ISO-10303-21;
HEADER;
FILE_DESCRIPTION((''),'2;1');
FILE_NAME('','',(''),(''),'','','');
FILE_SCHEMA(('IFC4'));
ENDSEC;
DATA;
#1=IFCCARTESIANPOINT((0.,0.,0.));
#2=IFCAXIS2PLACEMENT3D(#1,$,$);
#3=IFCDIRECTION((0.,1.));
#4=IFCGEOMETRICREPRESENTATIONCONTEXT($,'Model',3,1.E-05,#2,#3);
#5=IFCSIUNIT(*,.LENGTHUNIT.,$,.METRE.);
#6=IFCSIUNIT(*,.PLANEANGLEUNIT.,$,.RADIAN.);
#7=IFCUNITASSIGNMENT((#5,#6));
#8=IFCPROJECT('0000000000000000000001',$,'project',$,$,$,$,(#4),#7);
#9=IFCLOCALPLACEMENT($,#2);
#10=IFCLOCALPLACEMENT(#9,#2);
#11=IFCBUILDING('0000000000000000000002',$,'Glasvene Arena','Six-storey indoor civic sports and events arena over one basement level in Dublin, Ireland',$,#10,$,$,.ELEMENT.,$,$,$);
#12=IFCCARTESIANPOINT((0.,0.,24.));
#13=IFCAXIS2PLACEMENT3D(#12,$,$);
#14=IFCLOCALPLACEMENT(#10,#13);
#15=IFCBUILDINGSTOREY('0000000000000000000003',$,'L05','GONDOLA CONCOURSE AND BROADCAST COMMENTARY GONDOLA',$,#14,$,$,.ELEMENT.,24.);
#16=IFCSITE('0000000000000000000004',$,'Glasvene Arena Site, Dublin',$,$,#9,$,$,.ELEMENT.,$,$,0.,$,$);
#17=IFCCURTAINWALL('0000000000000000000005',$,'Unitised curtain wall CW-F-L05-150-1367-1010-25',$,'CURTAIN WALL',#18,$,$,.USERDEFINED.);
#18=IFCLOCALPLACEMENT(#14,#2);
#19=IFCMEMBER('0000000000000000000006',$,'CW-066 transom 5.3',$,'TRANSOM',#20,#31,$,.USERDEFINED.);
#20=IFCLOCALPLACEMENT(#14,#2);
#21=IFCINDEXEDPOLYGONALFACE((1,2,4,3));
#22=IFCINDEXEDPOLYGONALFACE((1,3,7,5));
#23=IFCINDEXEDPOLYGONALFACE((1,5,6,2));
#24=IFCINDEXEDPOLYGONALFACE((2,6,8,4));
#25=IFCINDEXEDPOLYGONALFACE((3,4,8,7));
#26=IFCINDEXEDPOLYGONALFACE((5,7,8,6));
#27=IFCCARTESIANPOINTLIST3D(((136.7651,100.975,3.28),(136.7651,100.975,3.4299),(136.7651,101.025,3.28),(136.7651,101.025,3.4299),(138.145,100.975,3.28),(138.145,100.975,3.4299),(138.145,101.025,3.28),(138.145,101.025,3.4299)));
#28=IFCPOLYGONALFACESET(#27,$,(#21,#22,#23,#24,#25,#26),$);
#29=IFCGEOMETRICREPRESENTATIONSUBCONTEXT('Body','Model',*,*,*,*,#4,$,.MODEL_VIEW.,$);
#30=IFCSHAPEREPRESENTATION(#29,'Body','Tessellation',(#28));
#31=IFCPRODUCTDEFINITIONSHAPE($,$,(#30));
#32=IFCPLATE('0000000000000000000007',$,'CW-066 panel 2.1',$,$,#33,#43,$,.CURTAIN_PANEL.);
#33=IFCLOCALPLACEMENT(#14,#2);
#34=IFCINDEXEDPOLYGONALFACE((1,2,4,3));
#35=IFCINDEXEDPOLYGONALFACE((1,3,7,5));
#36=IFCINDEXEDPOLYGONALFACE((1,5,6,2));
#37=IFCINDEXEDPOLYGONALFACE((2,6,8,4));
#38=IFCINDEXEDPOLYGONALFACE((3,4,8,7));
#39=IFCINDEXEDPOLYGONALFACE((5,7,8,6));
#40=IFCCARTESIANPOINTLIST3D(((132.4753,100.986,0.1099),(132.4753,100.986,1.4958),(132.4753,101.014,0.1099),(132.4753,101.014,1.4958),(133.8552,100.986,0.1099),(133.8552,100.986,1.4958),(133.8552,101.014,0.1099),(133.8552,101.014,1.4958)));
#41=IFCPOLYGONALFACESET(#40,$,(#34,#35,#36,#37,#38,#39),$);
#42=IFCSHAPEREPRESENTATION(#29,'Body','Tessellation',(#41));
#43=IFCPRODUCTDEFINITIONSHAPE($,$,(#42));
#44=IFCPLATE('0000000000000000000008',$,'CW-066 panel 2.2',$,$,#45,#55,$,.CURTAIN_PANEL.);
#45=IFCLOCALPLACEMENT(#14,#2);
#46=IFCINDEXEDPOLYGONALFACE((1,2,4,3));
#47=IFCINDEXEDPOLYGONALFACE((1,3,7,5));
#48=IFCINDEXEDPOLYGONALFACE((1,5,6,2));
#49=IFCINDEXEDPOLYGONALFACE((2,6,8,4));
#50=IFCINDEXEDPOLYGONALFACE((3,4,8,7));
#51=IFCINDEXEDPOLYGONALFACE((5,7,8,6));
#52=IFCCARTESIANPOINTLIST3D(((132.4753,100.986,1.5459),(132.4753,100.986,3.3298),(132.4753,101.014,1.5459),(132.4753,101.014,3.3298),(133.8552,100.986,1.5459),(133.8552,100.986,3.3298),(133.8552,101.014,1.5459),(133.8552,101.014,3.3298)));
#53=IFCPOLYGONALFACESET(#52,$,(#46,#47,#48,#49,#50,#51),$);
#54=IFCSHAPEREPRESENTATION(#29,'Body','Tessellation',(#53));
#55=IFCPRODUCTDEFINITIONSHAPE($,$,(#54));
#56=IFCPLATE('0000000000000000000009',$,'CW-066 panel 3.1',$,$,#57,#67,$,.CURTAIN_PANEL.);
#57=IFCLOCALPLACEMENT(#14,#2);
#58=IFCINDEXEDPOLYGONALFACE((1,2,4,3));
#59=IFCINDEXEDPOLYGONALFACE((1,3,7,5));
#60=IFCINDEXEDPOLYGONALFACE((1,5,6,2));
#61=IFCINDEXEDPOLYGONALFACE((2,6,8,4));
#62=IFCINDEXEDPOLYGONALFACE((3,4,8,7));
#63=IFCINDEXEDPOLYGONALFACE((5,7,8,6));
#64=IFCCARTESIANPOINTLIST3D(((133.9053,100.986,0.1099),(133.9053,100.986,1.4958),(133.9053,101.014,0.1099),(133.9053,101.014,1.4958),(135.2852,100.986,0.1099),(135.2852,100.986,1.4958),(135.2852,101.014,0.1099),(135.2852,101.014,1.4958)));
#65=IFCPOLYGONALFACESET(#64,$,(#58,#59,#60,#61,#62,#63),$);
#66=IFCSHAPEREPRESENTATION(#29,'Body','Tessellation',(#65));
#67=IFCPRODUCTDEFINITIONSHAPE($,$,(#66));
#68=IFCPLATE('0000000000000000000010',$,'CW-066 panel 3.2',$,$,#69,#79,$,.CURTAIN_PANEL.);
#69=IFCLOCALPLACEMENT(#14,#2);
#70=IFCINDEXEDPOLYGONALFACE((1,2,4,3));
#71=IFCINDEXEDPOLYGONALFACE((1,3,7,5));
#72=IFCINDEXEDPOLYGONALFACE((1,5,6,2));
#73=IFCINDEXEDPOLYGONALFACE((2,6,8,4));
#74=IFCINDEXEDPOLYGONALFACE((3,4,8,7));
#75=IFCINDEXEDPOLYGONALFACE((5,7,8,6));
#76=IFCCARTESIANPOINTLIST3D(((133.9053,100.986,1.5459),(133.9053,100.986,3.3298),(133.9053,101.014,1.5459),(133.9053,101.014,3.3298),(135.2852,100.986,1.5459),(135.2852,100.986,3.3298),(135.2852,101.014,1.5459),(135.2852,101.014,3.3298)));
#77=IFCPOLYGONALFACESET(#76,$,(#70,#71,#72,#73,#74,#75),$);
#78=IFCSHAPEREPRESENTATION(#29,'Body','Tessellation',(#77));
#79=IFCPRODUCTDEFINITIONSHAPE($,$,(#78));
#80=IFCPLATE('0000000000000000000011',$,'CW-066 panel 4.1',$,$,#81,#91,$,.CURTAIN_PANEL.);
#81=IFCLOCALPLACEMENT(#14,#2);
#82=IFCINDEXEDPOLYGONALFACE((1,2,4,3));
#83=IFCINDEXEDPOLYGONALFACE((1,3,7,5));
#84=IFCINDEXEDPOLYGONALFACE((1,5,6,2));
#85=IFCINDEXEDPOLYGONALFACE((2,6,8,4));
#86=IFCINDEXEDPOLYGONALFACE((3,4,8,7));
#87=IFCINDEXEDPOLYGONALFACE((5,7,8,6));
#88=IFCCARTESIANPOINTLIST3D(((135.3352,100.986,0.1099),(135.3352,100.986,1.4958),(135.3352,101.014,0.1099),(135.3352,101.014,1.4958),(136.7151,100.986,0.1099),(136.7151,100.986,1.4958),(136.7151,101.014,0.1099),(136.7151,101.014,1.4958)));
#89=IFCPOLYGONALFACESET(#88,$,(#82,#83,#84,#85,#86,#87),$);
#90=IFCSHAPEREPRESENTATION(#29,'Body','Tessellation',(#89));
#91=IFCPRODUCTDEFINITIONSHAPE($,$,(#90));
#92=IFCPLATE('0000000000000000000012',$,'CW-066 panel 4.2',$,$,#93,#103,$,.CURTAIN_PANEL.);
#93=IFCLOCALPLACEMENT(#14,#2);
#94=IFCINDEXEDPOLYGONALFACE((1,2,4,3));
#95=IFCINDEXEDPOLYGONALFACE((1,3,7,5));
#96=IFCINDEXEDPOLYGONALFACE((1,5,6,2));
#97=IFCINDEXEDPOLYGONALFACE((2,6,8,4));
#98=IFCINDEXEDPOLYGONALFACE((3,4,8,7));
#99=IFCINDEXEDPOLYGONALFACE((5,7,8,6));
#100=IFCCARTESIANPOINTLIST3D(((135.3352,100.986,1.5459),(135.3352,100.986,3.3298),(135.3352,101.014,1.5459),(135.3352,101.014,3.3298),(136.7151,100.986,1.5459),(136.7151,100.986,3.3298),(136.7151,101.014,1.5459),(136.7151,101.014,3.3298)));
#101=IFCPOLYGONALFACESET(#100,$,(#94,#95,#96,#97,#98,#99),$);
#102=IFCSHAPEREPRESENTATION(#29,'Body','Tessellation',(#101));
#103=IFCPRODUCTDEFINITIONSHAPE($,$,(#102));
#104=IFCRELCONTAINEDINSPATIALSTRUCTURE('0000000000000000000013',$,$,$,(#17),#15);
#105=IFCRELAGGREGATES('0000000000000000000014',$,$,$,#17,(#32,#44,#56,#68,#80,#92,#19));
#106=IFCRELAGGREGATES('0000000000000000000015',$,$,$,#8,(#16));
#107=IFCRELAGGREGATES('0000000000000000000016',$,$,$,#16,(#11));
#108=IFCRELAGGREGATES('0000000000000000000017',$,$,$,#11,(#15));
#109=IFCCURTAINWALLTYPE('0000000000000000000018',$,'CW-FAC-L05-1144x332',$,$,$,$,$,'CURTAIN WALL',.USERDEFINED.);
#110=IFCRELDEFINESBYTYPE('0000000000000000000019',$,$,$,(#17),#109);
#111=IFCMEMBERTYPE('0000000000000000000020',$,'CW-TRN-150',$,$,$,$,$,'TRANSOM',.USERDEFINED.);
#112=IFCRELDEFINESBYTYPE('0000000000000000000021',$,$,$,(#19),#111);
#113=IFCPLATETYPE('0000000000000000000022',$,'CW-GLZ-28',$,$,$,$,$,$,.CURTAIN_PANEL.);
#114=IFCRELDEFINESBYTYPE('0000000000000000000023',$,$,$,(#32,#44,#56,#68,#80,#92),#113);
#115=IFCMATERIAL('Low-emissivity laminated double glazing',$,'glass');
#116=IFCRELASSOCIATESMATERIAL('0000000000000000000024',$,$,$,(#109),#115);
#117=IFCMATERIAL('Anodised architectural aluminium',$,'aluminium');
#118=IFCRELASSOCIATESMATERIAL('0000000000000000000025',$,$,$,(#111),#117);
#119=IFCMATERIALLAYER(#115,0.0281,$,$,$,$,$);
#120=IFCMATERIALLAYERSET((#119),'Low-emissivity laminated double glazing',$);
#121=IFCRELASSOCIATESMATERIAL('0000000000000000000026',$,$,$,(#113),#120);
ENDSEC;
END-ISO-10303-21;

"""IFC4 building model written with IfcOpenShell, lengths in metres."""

from ifc_helpers import new_model, si_unit, direction, frame, origin, origin_2d, place, context, subcontext, project, spatial, rectangle, extrude, material, layer, layer_set, material_profile, profile_set, type_object, element, aggregate, save


model = new_model("IFC4")

# Units and contexts
model_context = context("Model", 3, precision=1e-05, world=origin(), true_north=direction((0.0, 1.0)))
body_context = subcontext(model_context, "Body", "Model", "MODEL_VIEW")
ifc_project = project(units=[si_unit("LENGTHUNIT", "METRE"), si_unit("PLANEANGLEUNIT", "RADIAN")], contexts=[model_context])

# Site, building, storey
site_placement = place(None, origin())
site = spatial("IfcSite", under=ifc_project, at=site_placement, Name="Glasvene Arena Site, Dublin", CompositionType="ELEMENT", RefElevation=0.0)
building_placement = place(site_placement, origin())
building = spatial("IfcBuilding", under=site, at=building_placement, Name="Glasvene Arena", Description="Six-storey indoor civic sports and events arena over one basement level in Dublin, Ireland", CompositionType="ELEMENT")
storey_placement = place(building_placement, frame((0.0, 0.0, 24.0)))
storey = spatial("IfcBuildingStorey", under=building, at=storey_placement, Name="L05", Description="GONDOLA CONCOURSE AND BROADCAST COMMENTARY GONDOLA", CompositionType="ELEMENT", Elevation=24.0)

# Curtain wall, member, plates
ifc_material_1 = material(Name="Low-emissivity laminated double glazing", Category="glass")
curtain_wall_type = type_object("IfcCurtainWallType", Name="CW-FAC-L05-1144x332", ElementType="CURTAIN WALL", PredefinedType="USERDEFINED", material=ifc_material_1)
curtain_wall_placement = place(storey_placement, frame((131.0203, 101.0, 0.0)))
curtain_wall = element("IfcCurtainWall", 1, at=curtain_wall_placement, inside=storey, type_object=curtain_wall_type, Name="Unitised curtain wall CW-F-L05-150-1367-1010-25", ObjectType="CURTAIN WALL", PredefinedType="USERDEFINED")
ifc_material_2 = material(Name="Anodised architectural aluminium", Category="aluminium")
ifc_material_profile_1 = material_profile(ifc_material_2, rectangle(XDim=0.05, YDim=0.1499, at=origin_2d()), Name="ALU TRANSOM 50x150")
ifc_profile_set_1 = profile_set([ifc_material_profile_1], Name="Anodised architectural aluminium")
member_type_1 = type_object("IfcMemberType", Name="CW-TRN-150", ElementType="TRANSOM", PredefinedType="USERDEFINED", material=ifc_profile_set_1)
member_1_placement = place(storey_placement, frame((136.7651, 101.0, 3.355), z_axis=(1.0, 0.0, 0.0), x_axis=(0.0, 1.0, 0.0)))
member_1 = element("IfcMember", 2, at=member_1_placement, type_object=member_type_1, Name="CW-066 transom 5.3", ObjectType="TRANSOM", PredefinedType="USERDEFINED", context=body_context, shape_type="SweptSolid", body=[
    extrude(rectangle(XDim=0.05, YDim=0.1499, at=origin_2d()), origin(), (0.0, 0.0, 1.0), 1.3799),
])
ifc_layer = layer(ifc_material_1, 0.0281)
ifc_layer_set = layer_set([ifc_layer], Name="Low-emissivity laminated double glazing")
plate_type = type_object("IfcPlateType", Name="CW-GLZ-28", PredefinedType="CURTAIN_PANEL", material=ifc_layer_set)
plate_1_placement = place(storey_placement, frame((133.1653, 101.0, 0.1099), z_axis=(0.0, 0.0, 1.0), x_axis=(1.0, 0.0, 0.0)))
plate_1 = element("IfcPlate", 3, at=plate_1_placement, type_object=plate_type, Name="CW-066 panel 2.1", PredefinedType="CURTAIN_PANEL", context=body_context, shape_type="SweptSolid", body=[
    extrude(rectangle(XDim=1.3799, YDim=0.0281, at=origin_2d()), origin(), (0.0, 0.0, 1.0), 1.386),
])
plate_2_placement = place(storey_placement, frame((133.1653, 101.0, 1.5459), z_axis=(0.0, 0.0, 1.0), x_axis=(1.0, 0.0, 0.0)))
plate_2 = element("IfcPlate", 4, at=plate_2_placement, type_object=plate_type, Name="CW-066 panel 2.2", PredefinedType="CURTAIN_PANEL", context=body_context, shape_type="SweptSolid", body=[
    extrude(rectangle(XDim=1.3799, YDim=0.0281, at=origin_2d()), origin(), (0.0, 0.0, 1.0), 1.7839),
])
plate_3_placement = place(storey_placement, frame((134.5952, 101.0, 0.1099), z_axis=(0.0, 0.0, 1.0), x_axis=(1.0, 0.0, 0.0)))
plate_3 = element("IfcPlate", 5, at=plate_3_placement, type_object=plate_type, Name="CW-066 panel 3.1", PredefinedType="CURTAIN_PANEL", context=body_context, shape_type="SweptSolid", body=[
    extrude(rectangle(XDim=1.3799, YDim=0.0281, at=origin_2d()), origin(), (0.0, 0.0, 1.0), 1.386),
])
plate_4_placement = place(storey_placement, frame((134.5952, 101.0, 1.5459), z_axis=(0.0, 0.0, 1.0), x_axis=(1.0, 0.0, 0.0)))
plate_4 = element("IfcPlate", 6, at=plate_4_placement, type_object=plate_type, Name="CW-066 panel 3.2", PredefinedType="CURTAIN_PANEL", context=body_context, shape_type="SweptSolid", body=[
    extrude(rectangle(XDim=1.3799, YDim=0.0281, at=origin_2d()), origin(), (0.0, 0.0, 1.0), 1.7839),
])
plate_5_placement = place(storey_placement, frame((136.0251, 101.0, 0.1099), z_axis=(0.0, 0.0, 1.0), x_axis=(1.0, 0.0, 0.0)))
plate_5 = element("IfcPlate", 7, at=plate_5_placement, type_object=plate_type, Name="CW-066 panel 4.1", PredefinedType="CURTAIN_PANEL", context=body_context, shape_type="SweptSolid", body=[
    extrude(rectangle(XDim=1.3799, YDim=0.0281, at=origin_2d()), origin(), (0.0, 0.0, 1.0), 1.386),
])
plate_6_placement = place(storey_placement, frame((136.0251, 101.0, 1.5459), z_axis=(0.0, 0.0, 1.0), x_axis=(1.0, 0.0, 0.0)))
plate_6 = element("IfcPlate", 8, at=plate_6_placement, type_object=plate_type, Name="CW-066 panel 4.2", PredefinedType="CURTAIN_PANEL", context=body_context, shape_type="SweptSolid", body=[
    extrude(rectangle(XDim=1.3799, YDim=0.0281, at=origin_2d()), origin(), (0.0, 0.0, 1.0), 1.7839),
])
aggregate(curtain_wall, [plate_1, plate_2, plate_3, plate_4, plate_5, plate_6, member_1])

save(model, "model.ifc")
